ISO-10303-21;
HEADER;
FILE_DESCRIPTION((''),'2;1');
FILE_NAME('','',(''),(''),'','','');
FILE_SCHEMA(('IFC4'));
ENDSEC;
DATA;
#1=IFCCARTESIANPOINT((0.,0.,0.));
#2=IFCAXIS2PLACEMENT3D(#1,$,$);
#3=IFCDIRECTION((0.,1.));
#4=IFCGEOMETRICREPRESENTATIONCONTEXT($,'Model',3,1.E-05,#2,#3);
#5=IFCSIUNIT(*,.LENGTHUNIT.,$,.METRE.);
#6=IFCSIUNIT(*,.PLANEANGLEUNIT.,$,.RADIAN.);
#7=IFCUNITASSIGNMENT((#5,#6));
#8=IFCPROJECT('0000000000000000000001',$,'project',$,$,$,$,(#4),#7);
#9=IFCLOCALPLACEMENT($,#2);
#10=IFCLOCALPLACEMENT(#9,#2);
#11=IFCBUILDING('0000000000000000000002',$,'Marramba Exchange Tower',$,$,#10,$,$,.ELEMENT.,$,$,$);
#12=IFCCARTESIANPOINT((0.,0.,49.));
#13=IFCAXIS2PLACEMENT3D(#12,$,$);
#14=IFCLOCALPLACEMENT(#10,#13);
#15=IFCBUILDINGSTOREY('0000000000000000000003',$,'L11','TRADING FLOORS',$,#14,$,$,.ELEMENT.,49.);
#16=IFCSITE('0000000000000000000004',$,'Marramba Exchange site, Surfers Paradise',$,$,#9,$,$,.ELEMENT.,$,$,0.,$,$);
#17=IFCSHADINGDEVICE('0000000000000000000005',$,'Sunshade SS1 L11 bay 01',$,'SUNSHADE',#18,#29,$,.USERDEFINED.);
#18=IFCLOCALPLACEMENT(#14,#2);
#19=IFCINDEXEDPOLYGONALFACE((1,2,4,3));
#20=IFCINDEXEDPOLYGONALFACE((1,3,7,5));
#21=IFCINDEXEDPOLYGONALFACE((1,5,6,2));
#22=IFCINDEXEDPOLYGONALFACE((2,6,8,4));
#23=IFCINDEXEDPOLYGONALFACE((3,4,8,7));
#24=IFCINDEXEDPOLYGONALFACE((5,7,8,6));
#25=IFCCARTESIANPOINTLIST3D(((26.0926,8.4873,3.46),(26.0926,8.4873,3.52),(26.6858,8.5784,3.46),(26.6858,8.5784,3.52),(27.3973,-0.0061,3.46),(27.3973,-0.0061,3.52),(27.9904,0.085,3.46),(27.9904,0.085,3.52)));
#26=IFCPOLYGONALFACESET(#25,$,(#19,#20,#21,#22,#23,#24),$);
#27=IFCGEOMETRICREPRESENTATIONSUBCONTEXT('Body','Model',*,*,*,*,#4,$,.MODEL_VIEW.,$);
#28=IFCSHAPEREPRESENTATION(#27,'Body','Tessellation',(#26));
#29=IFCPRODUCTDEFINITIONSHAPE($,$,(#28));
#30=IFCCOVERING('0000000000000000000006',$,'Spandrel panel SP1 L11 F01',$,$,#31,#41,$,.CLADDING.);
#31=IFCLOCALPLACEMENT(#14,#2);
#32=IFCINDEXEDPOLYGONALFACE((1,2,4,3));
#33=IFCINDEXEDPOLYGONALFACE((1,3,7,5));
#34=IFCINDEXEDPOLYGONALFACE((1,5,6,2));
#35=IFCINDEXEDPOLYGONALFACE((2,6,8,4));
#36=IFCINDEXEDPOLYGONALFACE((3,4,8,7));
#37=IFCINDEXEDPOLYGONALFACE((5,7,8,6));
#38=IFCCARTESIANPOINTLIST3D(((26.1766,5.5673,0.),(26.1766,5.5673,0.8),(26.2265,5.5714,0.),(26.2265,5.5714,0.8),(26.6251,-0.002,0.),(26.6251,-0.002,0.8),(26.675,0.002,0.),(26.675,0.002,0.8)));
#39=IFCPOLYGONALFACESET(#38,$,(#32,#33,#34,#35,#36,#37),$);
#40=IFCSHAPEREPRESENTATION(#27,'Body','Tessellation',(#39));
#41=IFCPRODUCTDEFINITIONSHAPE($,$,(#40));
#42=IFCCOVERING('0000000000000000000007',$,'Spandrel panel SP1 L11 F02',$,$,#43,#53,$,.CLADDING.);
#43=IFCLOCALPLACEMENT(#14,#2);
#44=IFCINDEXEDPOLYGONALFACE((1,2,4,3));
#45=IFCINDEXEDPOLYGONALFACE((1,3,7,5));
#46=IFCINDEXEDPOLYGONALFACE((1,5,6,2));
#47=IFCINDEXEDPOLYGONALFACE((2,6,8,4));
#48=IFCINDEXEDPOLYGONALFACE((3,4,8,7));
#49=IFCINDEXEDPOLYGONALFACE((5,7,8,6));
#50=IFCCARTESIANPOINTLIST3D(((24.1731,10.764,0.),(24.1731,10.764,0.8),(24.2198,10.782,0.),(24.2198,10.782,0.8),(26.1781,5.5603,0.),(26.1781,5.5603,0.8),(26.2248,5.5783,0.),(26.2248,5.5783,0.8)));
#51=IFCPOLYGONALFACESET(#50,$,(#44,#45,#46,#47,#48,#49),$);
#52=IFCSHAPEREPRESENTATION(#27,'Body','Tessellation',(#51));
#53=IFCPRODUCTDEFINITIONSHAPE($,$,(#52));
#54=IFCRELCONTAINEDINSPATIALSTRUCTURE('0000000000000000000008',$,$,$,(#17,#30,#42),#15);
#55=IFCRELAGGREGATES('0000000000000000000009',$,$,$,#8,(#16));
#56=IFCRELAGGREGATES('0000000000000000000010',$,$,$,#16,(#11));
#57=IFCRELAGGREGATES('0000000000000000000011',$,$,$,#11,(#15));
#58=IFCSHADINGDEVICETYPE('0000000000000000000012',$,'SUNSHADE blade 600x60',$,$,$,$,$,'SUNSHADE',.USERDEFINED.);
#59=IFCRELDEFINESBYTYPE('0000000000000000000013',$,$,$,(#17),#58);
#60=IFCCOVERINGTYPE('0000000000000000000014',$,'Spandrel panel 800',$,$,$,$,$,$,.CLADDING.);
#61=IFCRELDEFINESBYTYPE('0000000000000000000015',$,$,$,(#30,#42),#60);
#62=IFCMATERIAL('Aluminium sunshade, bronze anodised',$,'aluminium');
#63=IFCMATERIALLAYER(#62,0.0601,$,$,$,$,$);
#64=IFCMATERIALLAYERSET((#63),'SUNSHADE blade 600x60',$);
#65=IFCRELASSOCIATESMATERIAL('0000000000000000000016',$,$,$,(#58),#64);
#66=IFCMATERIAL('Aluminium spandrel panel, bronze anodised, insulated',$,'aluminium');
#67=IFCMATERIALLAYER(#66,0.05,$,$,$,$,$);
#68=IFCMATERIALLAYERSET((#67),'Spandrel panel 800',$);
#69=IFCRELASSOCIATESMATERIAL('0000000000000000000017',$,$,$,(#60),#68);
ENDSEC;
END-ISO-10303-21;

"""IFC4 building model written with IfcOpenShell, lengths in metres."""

from ifc_helpers import new_model, si_unit, direction, frame, origin, origin_2d, place, context, subcontext, project, spatial, rectangle, extrude, material, layer, layer_set, type_object, element, save


model = new_model("IFC4")

# Units and contexts
model_context = context("Model", 3, precision=1e-05, world=origin(), true_north=direction((0.0, 1.0)))
body_context = subcontext(model_context, "Body", "Model", "MODEL_VIEW")
ifc_project = project(units=[si_unit("LENGTHUNIT", "METRE"), si_unit("PLANEANGLEUNIT", "RADIAN")], contexts=[model_context])

# Site, building, storey
site_placement = place(None, origin())
site = spatial("IfcSite", under=ifc_project, at=site_placement, Name="Marramba Exchange site, Surfers Paradise", CompositionType="ELEMENT", RefElevation=0.0)
building_placement = place(site_placement, origin())
building = spatial("IfcBuilding", under=site, at=building_placement, Name="Marramba Exchange Tower", CompositionType="ELEMENT")
storey_placement = place(building_placement, frame((0.0, 0.0, 49.0)))
storey = spatial("IfcBuildingStorey", under=building, at=storey_placement, Name="L11", Description="TRADING FLOORS", CompositionType="ELEMENT", Elevation=49.0)

# Shading device
ifc_material_1 = material(Name="Aluminium sunshade, bronze anodised", Category="aluminium")
ifc_layer_1 = layer(ifc_material_1, 0.0601)
ifc_layer_set_1 = layer_set([ifc_layer_1], Name="SUNSHADE blade 600x60")
shading_device_type_1 = type_object("IfcShadingDeviceType", Name="SUNSHADE blade 600x60", ElementType="SUNSHADE", PredefinedType="USERDEFINED", material=ifc_layer_set_1)
shading_device_1_placement = place(storey_placement, frame((27.0415, 4.2861, 3.46), z_axis=(0.0, 0.0, 1.0), x_axis=(-0.151825, 0.988407, 0.0)))
element("IfcShadingDevice", 1, at=shading_device_1_placement, inside=storey, type_object=shading_device_type_1, Name="Sunshade SS1 L11 bay 01", ObjectType="SUNSHADE", PredefinedType="USERDEFINED", context=body_context, shape_type="SweptSolid", body=[
    extrude(rectangle(XDim=8.593, YDim=0.6001, at=origin_2d()), origin(), (0.0, 0.0, 1.0), 0.0601),
])

# Coverings
ifc_material_2 = material(Name="Aluminium spandrel panel, bronze anodised, insulated", Category="aluminium")
ifc_layer_2 = layer(ifc_material_2, 0.05)
ifc_layer_set_2 = layer_set([ifc_layer_2], Name="Spandrel panel 800")
covering_type = type_object("IfcCoveringType", Name="Spandrel panel 800", PredefinedType="CLADDING", material=ifc_layer_set_2)
covering_1_placement = place(storey_placement, frame((26.4258, 2.7847, 0.0), z_axis=(0.0, 0.0, 1.0), x_axis=(-0.080275, 0.996773, 0.0)))
element("IfcCovering", 2, at=covering_1_placement, inside=storey, type_object=covering_type, Name="Spandrel panel SP1 L11 F01", PredefinedType="CLADDING", context=body_context, shape_type="SweptSolid", body=[
    extrude(rectangle(XDim=5.5874, YDim=0.05, at=origin_2d()), origin(), (0.0, 0.0, 1.0), 0.8),
])
covering_2_placement = place(storey_placement, frame((25.199, 8.1711, 0.0), z_axis=(0.0, 0.0, 1.0), x_axis=(-0.359526, 0.933135, 0.0)))
element("IfcCovering", 3, at=covering_2_placement, inside=storey, type_object=covering_type, Name="Spandrel panel SP1 L11 F02", PredefinedType="CLADDING", context=body_context, shape_type="SweptSolid", body=[
    extrude(rectangle(XDim=5.5767, YDim=0.05, at=origin_2d()), origin(), (0.0, 0.0, 1.0), 0.8),
])

save(model, "model.ifc")
